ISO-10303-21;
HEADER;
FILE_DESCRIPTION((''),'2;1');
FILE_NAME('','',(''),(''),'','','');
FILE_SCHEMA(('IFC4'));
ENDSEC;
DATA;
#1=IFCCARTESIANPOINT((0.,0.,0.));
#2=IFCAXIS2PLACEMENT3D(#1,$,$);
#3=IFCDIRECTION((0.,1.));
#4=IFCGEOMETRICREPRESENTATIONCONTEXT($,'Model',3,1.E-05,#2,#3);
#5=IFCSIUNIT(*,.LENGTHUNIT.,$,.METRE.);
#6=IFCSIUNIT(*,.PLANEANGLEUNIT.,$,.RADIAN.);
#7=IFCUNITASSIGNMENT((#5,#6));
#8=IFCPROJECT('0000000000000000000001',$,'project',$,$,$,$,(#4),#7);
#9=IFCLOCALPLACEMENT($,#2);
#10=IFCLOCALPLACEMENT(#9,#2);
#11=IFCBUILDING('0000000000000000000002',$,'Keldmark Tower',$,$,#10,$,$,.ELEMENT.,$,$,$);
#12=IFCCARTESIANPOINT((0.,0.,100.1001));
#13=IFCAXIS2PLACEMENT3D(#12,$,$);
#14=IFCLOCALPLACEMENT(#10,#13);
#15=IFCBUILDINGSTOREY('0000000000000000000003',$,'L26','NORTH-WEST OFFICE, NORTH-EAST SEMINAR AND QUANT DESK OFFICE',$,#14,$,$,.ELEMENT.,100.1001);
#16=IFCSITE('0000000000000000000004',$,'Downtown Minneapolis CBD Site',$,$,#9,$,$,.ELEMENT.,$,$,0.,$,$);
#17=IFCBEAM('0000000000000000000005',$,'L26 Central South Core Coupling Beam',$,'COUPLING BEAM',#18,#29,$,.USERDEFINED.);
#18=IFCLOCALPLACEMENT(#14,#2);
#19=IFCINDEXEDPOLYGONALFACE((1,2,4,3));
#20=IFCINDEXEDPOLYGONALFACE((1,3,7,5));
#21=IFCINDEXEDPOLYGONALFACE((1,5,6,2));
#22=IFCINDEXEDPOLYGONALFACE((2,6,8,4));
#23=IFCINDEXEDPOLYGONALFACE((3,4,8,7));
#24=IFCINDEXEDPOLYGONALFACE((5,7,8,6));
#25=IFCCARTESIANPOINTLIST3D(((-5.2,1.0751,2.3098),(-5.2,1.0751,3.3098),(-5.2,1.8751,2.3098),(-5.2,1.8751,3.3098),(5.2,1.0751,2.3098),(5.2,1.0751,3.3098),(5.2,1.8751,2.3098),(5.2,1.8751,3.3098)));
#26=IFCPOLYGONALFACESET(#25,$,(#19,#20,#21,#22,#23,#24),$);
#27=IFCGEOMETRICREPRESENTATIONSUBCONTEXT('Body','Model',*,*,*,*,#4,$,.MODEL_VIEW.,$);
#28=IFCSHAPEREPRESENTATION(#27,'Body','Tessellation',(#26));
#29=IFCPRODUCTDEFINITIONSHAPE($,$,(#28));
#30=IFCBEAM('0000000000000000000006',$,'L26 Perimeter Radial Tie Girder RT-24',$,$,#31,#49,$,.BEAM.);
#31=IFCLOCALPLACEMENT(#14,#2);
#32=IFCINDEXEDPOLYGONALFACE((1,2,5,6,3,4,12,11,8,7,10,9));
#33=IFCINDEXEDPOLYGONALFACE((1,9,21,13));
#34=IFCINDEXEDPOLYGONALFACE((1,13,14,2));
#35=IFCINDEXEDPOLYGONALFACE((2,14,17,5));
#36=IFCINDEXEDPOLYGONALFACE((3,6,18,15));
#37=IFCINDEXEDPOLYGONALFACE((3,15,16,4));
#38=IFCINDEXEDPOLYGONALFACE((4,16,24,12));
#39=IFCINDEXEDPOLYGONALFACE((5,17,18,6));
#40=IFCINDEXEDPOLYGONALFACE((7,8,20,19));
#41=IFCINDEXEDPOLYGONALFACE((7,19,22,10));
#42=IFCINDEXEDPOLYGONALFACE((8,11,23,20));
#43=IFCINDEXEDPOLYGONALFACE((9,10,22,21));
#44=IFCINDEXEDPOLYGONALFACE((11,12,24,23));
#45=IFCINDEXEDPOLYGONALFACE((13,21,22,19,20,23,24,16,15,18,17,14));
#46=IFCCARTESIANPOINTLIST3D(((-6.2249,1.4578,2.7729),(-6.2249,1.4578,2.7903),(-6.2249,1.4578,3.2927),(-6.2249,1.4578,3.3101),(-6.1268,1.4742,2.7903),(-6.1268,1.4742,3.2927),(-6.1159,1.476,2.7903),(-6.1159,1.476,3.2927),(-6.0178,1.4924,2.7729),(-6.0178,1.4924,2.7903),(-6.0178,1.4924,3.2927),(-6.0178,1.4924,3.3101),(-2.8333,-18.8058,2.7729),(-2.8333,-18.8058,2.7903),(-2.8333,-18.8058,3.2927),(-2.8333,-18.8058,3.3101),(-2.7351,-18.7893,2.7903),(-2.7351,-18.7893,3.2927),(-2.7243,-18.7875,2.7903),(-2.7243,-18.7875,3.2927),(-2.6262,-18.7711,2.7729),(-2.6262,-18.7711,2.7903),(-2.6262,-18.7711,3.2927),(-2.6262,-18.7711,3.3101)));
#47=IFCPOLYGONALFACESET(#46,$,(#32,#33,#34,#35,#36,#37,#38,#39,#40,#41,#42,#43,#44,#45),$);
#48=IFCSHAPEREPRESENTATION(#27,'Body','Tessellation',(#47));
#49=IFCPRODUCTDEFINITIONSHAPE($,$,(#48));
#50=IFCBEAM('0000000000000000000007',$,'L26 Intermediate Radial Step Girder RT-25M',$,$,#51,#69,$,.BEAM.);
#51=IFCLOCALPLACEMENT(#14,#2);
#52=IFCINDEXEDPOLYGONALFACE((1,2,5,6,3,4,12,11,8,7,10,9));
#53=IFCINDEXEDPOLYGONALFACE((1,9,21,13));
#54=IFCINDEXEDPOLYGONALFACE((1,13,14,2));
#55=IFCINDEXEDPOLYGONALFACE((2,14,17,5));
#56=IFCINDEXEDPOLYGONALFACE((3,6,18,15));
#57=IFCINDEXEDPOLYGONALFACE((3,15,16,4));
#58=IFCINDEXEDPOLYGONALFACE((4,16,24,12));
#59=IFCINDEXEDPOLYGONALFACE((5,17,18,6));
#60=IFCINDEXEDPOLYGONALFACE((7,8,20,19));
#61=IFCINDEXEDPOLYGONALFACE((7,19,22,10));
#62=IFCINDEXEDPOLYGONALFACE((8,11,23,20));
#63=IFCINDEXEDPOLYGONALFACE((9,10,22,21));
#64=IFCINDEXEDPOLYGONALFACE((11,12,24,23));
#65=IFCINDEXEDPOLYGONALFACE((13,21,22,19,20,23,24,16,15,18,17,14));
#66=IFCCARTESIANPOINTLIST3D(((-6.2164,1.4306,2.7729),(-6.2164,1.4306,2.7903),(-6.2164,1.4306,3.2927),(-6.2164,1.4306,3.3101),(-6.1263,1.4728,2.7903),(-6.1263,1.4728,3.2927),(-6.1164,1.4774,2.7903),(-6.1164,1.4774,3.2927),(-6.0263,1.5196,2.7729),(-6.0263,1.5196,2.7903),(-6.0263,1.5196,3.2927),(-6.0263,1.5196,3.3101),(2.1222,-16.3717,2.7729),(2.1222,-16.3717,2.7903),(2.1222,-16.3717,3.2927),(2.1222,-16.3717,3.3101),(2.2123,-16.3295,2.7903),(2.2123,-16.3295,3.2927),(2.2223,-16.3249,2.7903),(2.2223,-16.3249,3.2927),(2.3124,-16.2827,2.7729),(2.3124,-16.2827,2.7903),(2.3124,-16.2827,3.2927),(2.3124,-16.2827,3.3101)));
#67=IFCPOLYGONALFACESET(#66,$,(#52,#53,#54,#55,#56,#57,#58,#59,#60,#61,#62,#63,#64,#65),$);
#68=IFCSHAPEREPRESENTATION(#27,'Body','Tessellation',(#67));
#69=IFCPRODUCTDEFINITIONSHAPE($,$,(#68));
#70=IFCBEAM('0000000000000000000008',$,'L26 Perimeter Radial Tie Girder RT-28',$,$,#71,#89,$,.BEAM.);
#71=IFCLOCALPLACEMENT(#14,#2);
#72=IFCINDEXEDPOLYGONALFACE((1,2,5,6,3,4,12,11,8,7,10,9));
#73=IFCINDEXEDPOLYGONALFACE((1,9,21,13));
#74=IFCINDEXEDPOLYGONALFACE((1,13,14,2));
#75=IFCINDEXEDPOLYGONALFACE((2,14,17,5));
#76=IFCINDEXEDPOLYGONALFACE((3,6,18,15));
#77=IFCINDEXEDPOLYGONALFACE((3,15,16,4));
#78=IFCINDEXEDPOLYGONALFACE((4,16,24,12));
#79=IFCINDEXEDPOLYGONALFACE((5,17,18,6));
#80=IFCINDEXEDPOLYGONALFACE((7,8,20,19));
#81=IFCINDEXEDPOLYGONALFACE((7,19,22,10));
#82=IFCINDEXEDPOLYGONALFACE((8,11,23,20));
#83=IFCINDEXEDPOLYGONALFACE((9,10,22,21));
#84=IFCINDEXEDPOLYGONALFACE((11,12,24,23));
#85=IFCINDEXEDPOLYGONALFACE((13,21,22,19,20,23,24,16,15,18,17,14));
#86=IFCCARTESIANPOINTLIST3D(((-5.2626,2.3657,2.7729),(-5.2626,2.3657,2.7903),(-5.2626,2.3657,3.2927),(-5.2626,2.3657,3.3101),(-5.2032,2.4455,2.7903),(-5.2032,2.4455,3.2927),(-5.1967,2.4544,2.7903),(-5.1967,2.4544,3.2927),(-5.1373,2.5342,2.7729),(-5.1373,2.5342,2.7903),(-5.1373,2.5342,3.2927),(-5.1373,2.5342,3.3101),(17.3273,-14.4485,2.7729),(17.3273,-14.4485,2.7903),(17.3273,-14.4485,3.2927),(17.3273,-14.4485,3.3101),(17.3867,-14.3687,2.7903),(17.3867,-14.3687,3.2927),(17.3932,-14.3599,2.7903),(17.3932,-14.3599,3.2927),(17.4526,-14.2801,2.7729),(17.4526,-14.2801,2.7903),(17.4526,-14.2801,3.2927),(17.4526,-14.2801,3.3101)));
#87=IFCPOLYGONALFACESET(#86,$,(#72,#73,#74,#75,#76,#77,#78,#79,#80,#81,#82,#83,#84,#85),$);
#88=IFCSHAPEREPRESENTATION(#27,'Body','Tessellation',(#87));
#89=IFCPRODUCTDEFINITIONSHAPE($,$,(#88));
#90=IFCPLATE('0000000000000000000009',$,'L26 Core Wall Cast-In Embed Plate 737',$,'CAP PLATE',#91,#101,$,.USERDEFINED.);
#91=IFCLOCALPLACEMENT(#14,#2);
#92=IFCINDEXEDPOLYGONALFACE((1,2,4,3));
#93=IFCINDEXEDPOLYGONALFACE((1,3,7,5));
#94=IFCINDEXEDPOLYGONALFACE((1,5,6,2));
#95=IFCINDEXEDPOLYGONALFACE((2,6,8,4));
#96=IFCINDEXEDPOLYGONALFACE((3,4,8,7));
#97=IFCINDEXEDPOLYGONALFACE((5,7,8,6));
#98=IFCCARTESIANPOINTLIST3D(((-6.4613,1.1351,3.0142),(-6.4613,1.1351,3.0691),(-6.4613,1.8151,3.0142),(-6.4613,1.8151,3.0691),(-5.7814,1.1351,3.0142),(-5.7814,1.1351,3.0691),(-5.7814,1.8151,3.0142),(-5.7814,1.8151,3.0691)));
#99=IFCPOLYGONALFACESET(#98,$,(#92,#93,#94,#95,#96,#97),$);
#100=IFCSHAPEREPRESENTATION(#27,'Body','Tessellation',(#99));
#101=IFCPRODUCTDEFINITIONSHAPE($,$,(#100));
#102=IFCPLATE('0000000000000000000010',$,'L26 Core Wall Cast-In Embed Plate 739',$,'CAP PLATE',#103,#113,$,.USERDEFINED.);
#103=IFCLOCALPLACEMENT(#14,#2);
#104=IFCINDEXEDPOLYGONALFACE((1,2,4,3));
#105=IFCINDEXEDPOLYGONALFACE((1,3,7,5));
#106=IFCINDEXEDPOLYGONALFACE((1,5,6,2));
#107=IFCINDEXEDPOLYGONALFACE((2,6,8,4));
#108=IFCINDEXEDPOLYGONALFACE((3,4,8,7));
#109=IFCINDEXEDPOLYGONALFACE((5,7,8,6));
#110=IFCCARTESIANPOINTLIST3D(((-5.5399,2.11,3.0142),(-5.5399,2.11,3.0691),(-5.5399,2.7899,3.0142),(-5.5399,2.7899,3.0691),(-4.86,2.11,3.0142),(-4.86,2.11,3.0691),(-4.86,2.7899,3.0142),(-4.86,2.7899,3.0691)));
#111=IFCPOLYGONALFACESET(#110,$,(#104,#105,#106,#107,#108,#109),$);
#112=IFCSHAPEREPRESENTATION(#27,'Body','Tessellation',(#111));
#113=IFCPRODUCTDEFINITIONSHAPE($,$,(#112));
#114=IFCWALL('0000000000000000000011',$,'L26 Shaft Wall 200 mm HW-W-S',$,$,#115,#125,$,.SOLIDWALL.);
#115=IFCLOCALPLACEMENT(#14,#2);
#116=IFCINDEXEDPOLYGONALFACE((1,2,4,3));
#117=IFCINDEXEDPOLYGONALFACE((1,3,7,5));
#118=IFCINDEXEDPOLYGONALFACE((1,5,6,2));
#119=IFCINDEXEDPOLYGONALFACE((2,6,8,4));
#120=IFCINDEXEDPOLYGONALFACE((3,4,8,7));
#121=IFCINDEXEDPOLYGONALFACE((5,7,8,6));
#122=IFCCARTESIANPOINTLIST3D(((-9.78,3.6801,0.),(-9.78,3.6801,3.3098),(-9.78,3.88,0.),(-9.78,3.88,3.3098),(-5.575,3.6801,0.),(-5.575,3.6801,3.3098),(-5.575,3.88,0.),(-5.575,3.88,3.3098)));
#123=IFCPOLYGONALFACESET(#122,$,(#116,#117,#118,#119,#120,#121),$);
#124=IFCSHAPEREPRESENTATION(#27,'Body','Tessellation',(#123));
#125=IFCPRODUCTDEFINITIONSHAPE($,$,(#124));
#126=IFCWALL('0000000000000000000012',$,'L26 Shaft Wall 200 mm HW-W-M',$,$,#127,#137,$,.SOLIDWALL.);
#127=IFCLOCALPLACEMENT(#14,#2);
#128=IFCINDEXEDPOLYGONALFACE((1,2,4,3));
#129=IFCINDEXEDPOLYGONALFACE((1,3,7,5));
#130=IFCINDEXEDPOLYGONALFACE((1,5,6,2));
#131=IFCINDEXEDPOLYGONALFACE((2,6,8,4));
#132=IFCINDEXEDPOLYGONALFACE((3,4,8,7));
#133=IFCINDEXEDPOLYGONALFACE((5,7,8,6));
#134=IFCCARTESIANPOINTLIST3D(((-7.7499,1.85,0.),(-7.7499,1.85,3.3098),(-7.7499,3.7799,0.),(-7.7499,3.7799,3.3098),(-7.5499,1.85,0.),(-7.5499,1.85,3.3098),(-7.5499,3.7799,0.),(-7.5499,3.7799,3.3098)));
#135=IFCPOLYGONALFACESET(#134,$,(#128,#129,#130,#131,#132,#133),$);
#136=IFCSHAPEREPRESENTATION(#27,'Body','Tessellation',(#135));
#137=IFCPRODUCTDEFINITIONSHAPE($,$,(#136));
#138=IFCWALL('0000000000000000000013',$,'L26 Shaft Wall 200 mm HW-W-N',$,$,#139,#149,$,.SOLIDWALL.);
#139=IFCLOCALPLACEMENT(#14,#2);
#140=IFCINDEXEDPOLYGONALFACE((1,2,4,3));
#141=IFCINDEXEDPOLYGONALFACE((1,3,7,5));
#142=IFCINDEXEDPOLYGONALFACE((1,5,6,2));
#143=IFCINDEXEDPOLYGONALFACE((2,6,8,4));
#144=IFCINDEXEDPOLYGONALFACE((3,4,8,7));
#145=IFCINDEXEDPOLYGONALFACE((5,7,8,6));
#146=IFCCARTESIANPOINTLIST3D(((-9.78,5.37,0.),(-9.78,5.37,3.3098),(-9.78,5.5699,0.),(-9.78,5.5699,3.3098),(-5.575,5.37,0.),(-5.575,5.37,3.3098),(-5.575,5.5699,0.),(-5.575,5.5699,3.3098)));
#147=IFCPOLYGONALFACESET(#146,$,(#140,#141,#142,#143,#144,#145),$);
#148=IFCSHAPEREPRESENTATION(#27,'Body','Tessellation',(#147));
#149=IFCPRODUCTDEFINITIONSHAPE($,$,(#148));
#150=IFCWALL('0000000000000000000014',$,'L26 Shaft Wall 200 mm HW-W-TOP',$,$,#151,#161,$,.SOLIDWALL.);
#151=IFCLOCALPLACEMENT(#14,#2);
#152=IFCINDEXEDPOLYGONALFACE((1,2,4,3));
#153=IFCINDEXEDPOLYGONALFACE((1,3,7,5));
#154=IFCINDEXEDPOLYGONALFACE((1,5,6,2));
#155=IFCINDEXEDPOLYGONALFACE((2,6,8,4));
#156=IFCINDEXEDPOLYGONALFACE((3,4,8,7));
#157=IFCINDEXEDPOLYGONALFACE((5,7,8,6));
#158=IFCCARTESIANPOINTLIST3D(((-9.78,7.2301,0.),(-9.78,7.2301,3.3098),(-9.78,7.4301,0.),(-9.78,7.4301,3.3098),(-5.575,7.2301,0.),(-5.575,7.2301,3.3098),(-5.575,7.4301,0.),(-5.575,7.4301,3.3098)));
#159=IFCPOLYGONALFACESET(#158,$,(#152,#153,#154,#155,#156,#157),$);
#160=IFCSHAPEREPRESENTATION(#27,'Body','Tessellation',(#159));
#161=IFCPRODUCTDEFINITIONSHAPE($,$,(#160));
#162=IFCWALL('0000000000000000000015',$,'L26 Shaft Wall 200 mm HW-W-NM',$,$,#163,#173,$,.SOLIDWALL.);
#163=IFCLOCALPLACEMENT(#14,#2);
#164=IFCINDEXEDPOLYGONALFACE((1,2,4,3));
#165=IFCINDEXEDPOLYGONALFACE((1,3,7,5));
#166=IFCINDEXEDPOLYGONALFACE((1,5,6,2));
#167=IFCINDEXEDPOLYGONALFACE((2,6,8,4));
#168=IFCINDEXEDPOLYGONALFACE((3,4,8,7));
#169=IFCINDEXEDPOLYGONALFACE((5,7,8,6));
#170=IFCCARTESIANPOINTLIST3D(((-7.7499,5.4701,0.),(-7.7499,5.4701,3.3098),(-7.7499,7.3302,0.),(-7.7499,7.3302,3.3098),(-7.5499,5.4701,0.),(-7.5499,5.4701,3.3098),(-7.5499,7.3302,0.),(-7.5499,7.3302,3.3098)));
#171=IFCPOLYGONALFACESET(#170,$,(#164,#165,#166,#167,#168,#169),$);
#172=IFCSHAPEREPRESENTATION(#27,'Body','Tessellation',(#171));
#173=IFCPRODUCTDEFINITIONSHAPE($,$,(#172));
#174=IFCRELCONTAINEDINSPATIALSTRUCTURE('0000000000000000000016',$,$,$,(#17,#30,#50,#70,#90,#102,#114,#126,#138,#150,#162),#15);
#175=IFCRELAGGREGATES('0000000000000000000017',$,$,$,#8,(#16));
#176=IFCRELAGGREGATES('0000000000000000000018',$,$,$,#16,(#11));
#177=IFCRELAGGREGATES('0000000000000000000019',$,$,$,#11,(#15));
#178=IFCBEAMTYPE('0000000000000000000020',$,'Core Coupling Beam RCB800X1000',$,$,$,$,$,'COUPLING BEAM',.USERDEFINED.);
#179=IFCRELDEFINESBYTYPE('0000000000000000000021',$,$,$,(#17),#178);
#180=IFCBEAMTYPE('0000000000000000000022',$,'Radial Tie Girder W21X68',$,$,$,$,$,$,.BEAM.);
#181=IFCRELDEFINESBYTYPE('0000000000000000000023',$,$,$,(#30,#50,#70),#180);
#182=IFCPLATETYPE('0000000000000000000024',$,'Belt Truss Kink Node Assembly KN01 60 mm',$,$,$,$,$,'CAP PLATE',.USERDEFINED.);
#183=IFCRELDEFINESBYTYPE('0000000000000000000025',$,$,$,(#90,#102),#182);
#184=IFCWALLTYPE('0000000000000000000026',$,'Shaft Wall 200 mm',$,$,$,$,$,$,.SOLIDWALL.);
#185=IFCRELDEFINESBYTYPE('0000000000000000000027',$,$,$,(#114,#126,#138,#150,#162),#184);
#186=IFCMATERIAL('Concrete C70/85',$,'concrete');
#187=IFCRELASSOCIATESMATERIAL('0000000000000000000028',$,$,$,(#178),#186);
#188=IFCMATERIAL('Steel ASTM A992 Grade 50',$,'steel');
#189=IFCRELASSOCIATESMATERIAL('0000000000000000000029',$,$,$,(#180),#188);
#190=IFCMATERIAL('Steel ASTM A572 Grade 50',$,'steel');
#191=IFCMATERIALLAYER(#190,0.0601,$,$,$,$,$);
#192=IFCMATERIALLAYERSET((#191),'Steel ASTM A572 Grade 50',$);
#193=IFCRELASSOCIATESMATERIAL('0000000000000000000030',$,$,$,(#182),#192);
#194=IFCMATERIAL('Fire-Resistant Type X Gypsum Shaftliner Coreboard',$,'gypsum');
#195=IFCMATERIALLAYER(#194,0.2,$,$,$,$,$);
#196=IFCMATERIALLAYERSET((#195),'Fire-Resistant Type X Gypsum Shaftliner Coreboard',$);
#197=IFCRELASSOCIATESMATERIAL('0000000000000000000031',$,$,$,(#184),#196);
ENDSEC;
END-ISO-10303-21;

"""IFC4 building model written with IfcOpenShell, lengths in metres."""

from ifc_helpers import new_model, si_unit, direction, frame, frame_2d, origin, origin_2d, place, context, subcontext, project, spatial, rectangle, i_section, extrude, material, layer, layer_set, material_profile, profile_set, type_object, element, save


model = new_model("IFC4")

# Units and contexts
model_context = context("Model", 3, precision=1e-05, world=origin(), true_north=direction((0.0, 1.0)))
body_context = subcontext(model_context, "Body", "Model", "MODEL_VIEW")
ifc_project = project(units=[si_unit("LENGTHUNIT", "METRE"), si_unit("PLANEANGLEUNIT", "RADIAN")], contexts=[model_context])

# Site, building, storey
site_placement = place(None, origin())
site = spatial("IfcSite", under=ifc_project, at=site_placement, Name="Downtown Minneapolis CBD Site", CompositionType="ELEMENT", RefElevation=0.0)
building_placement = place(site_placement, origin())
building = spatial("IfcBuilding", under=site, at=building_placement, Name="Keldmark Tower", CompositionType="ELEMENT")
storey_placement = place(building_placement, frame((0.0, 0.0, 100.1001)))
storey = spatial("IfcBuildingStorey", under=building, at=storey_placement, Name="L26", Description="NORTH-WEST OFFICE, NORTH-EAST SEMINAR AND QUANT DESK OFFICE", CompositionType="ELEMENT", Elevation=100.1001)

# Beams
ifc_material_1 = material(Name="Concrete C70/85", Category="concrete")
ifc_material_profile_1 = material_profile(ifc_material_1, rectangle(XDim=0.8, YDim=1.0, at=origin_2d()), Name="RCB800X1000")
ifc_profile_set_1 = profile_set([ifc_material_profile_1], Name="Concrete C70/85")
beam_type_1 = type_object("IfcBeamType", Name="Core Coupling Beam RCB800X1000", ElementType="COUPLING BEAM", PredefinedType="USERDEFINED", material=ifc_profile_set_1)
beam_1_placement = place(storey_placement, frame((-5.2, 1.4751, 2.8098), z_axis=(1.0, 0.0, 0.0), x_axis=(0.0, 1.0, 0.0)))
element("IfcBeam", 1, at=beam_1_placement, inside=storey, type_object=beam_type_1, Name="L26 Central South Core Coupling Beam", ObjectType="COUPLING BEAM", PredefinedType="USERDEFINED", context=body_context, shape_type="SweptSolid", body=[
    extrude(rectangle(XDim=0.8, YDim=1.0, at=origin_2d()), origin(), (0.0, 0.0, 1.0), 10.3999),
])
ifc_material_2 = material(Name="Steel ASTM A992 Grade 50", Category="steel")
ifc_material_profile_2 = material_profile(ifc_material_2, i_section(OverallWidth=0.21, OverallDepth=0.5371, WebThickness=0.011, FlangeThickness=0.0173, at=origin_2d()), Name="W21X68")
ifc_profile_set_2 = profile_set([ifc_material_profile_2], Name="Steel ASTM A992 Grade 50")
beam_type_2 = type_object("IfcBeamType", Name="Radial Tie Girder W21X68", PredefinedType="BEAM", material=ifc_profile_set_2)
beam_2_placement = place(storey_placement, frame((-6.1213, 1.4751, 3.0415), z_axis=(0.165079, -0.98628, 0.0), x_axis=(0.98628, 0.165079, 0.0)))
element("IfcBeam", 2, at=beam_2_placement, inside=storey, type_object=beam_type_2, Name="L26 Perimeter Radial Tie Girder RT-24", PredefinedType="BEAM", context=body_context, shape_type="SweptSolid", body=[
    extrude(i_section(OverallWidth=0.21, OverallDepth=0.5371, WebThickness=0.011, FlangeThickness=0.0173, at=origin_2d()), origin(), (0.0, 0.0, 1.0), 20.5454),
])
beam_3_placement = place(storey_placement, frame((-6.1213, 1.4751, 3.0415), z_axis=(0.424176, -0.90558, 0.0), x_axis=(0.90558, 0.424176, 0.0)))
element("IfcBeam", 3, at=beam_3_placement, inside=storey, type_object=beam_type_2, Name="L26 Intermediate Radial Step Girder RT-25M", PredefinedType="BEAM", context=body_context, shape_type="SweptSolid", body=[
    extrude(i_section(OverallWidth=0.21, OverallDepth=0.5371, WebThickness=0.011, FlangeThickness=0.0173, at=origin_2d()), origin(), (0.0, 0.0, 1.0), 19.6584),
])
beam_4_placement = place(storey_placement, frame((-5.2, 2.45, 3.0415), z_axis=(0.802179, -0.597083, 0.0), x_axis=(0.597083, 0.802179, 0.0)))
element("IfcBeam", 4, at=beam_4_placement, inside=storey, type_object=beam_type_2, Name="L26 Perimeter Radial Tie Girder RT-28", PredefinedType="BEAM", context=body_context, shape_type="SweptSolid", body=[
    extrude(i_section(OverallWidth=0.21, OverallDepth=0.5371, WebThickness=0.011, FlangeThickness=0.0173, at=origin_2d()), origin(), (0.0, 0.0, 1.0), 28.1606),
])

# Plates
ifc_material_3 = material(Name="Steel ASTM A572 Grade 50", Category="steel")
ifc_layer_1 = layer(ifc_material_3, 0.0601)
ifc_layer_set_1 = layer_set([ifc_layer_1], Name="Steel ASTM A572 Grade 50")
plate_type = type_object("IfcPlateType", Name="Belt Truss Kink Node Assembly KN01 60 mm", ElementType="CAP PLATE", PredefinedType="USERDEFINED", material=ifc_layer_set_1)
for number, where, z_axis, x_axis, name in (
    (5, (-6.1213, 1.4751, 3.0142), (0.0, 0.0, 1.0), (1.0, 0.0, 0.0), "L26 Core Wall Cast-In Embed Plate 737"),
    (6, (-5.2, 2.45, 3.0142), (0.0, 0.0, 1.0), (1.0, 0.0, 0.0), "L26 Core Wall Cast-In Embed Plate 739"),
):
    element("IfcPlate", number, at=place(storey_placement, frame(where, z_axis=z_axis, x_axis=x_axis)), inside=storey, type_object=plate_type, Name=name, ObjectType="CAP PLATE", PredefinedType="USERDEFINED", context=body_context, shape_type="SweptSolid", body=[
        extrude(rectangle(XDim=0.6799, YDim=0.6799, at=origin_2d()), origin(), (0.0, 0.0, 1.0), 0.0549),
    ])

# Walls
ifc_material_4 = material(Name="Fire-Resistant Type X Gypsum Shaftliner Coreboard", Category="gypsum")
ifc_layer_2 = layer(ifc_material_4, 0.2)
ifc_layer_set_2 = layer_set([ifc_layer_2], Name="Fire-Resistant Type X Gypsum Shaftliner Coreboard")
wall_type_1 = type_object("IfcWallType", Name="Shaft Wall 200 mm", PredefinedType="SOLIDWALL", material=ifc_layer_set_2)
wall_1_placement = place(storey_placement, frame((-9.78, 3.78, 0.0), z_axis=(0.0, 0.0, 1.0), x_axis=(1.0, 0.0, 0.0)))
element("IfcWall", 7, at=wall_1_placement, inside=storey, type_object=wall_type_1, Name="L26 Shaft Wall 200 mm HW-W-S", PredefinedType="SOLIDWALL", context=body_context, shape_type="SweptSolid", body=[
    extrude(rectangle(XDim=4.2051, YDim=0.2, at=frame_2d((2.1025, 0.0))), origin(), (0.0, 0.0, 1.0), 3.3098),
])
wall_2_placement = place(storey_placement, frame((-7.6499, 1.8501, 0.0), z_axis=(0.0, 0.0, 1.0), x_axis=(0.0, 1.0, 0.0)))
element("IfcWall", 8, at=wall_2_placement, inside=storey, type_object=wall_type_1, Name="L26 Shaft Wall 200 mm HW-W-M", PredefinedType="SOLIDWALL", context=body_context, shape_type="SweptSolid", body=[
    extrude(rectangle(XDim=1.9299, YDim=0.2, at=frame_2d((0.9648, 0.0))), origin(), (0.0, 0.0, 1.0), 3.3098),
])
for number, where, z_axis, x_axis, name in (
    (9, (-9.78, 5.47, 0.0), (0.0, 0.0, 1.0), (1.0, 0.0, 0.0), "L26 Shaft Wall 200 mm HW-W-N"),
    (10, (-9.78, 7.3301, 0.0), (0.0, 0.0, 1.0), (1.0, 0.0, 0.0), "L26 Shaft Wall 200 mm HW-W-TOP"),
):
    element("IfcWall", number, at=place(storey_placement, frame(where, z_axis=z_axis, x_axis=x_axis)), inside=storey, type_object=wall_type_1, Name=name, PredefinedType="SOLIDWALL", context=body_context, shape_type="SweptSolid", body=[
        extrude(rectangle(XDim=4.2051, YDim=0.2, at=frame_2d((2.1025, 0.0))), origin(), (0.0, 0.0, 1.0), 3.3098),
    ])
wall_3_placement = place(storey_placement, frame((-7.6499, 5.47, 0.0), z_axis=(0.0, 0.0, 1.0), x_axis=(0.0, 1.0, 0.0)))
element("IfcWall", 11, at=wall_3_placement, inside=storey, type_object=wall_type_1, Name="L26 Shaft Wall 200 mm HW-W-NM", PredefinedType="SOLIDWALL", context=body_context, shape_type="SweptSolid", body=[
    extrude(rectangle(XDim=1.8601, YDim=0.2, at=frame_2d((0.9302, 0.0))), origin(), (0.0, 0.0, 1.0), 3.3098),
])

save(model, "model.ifc")
